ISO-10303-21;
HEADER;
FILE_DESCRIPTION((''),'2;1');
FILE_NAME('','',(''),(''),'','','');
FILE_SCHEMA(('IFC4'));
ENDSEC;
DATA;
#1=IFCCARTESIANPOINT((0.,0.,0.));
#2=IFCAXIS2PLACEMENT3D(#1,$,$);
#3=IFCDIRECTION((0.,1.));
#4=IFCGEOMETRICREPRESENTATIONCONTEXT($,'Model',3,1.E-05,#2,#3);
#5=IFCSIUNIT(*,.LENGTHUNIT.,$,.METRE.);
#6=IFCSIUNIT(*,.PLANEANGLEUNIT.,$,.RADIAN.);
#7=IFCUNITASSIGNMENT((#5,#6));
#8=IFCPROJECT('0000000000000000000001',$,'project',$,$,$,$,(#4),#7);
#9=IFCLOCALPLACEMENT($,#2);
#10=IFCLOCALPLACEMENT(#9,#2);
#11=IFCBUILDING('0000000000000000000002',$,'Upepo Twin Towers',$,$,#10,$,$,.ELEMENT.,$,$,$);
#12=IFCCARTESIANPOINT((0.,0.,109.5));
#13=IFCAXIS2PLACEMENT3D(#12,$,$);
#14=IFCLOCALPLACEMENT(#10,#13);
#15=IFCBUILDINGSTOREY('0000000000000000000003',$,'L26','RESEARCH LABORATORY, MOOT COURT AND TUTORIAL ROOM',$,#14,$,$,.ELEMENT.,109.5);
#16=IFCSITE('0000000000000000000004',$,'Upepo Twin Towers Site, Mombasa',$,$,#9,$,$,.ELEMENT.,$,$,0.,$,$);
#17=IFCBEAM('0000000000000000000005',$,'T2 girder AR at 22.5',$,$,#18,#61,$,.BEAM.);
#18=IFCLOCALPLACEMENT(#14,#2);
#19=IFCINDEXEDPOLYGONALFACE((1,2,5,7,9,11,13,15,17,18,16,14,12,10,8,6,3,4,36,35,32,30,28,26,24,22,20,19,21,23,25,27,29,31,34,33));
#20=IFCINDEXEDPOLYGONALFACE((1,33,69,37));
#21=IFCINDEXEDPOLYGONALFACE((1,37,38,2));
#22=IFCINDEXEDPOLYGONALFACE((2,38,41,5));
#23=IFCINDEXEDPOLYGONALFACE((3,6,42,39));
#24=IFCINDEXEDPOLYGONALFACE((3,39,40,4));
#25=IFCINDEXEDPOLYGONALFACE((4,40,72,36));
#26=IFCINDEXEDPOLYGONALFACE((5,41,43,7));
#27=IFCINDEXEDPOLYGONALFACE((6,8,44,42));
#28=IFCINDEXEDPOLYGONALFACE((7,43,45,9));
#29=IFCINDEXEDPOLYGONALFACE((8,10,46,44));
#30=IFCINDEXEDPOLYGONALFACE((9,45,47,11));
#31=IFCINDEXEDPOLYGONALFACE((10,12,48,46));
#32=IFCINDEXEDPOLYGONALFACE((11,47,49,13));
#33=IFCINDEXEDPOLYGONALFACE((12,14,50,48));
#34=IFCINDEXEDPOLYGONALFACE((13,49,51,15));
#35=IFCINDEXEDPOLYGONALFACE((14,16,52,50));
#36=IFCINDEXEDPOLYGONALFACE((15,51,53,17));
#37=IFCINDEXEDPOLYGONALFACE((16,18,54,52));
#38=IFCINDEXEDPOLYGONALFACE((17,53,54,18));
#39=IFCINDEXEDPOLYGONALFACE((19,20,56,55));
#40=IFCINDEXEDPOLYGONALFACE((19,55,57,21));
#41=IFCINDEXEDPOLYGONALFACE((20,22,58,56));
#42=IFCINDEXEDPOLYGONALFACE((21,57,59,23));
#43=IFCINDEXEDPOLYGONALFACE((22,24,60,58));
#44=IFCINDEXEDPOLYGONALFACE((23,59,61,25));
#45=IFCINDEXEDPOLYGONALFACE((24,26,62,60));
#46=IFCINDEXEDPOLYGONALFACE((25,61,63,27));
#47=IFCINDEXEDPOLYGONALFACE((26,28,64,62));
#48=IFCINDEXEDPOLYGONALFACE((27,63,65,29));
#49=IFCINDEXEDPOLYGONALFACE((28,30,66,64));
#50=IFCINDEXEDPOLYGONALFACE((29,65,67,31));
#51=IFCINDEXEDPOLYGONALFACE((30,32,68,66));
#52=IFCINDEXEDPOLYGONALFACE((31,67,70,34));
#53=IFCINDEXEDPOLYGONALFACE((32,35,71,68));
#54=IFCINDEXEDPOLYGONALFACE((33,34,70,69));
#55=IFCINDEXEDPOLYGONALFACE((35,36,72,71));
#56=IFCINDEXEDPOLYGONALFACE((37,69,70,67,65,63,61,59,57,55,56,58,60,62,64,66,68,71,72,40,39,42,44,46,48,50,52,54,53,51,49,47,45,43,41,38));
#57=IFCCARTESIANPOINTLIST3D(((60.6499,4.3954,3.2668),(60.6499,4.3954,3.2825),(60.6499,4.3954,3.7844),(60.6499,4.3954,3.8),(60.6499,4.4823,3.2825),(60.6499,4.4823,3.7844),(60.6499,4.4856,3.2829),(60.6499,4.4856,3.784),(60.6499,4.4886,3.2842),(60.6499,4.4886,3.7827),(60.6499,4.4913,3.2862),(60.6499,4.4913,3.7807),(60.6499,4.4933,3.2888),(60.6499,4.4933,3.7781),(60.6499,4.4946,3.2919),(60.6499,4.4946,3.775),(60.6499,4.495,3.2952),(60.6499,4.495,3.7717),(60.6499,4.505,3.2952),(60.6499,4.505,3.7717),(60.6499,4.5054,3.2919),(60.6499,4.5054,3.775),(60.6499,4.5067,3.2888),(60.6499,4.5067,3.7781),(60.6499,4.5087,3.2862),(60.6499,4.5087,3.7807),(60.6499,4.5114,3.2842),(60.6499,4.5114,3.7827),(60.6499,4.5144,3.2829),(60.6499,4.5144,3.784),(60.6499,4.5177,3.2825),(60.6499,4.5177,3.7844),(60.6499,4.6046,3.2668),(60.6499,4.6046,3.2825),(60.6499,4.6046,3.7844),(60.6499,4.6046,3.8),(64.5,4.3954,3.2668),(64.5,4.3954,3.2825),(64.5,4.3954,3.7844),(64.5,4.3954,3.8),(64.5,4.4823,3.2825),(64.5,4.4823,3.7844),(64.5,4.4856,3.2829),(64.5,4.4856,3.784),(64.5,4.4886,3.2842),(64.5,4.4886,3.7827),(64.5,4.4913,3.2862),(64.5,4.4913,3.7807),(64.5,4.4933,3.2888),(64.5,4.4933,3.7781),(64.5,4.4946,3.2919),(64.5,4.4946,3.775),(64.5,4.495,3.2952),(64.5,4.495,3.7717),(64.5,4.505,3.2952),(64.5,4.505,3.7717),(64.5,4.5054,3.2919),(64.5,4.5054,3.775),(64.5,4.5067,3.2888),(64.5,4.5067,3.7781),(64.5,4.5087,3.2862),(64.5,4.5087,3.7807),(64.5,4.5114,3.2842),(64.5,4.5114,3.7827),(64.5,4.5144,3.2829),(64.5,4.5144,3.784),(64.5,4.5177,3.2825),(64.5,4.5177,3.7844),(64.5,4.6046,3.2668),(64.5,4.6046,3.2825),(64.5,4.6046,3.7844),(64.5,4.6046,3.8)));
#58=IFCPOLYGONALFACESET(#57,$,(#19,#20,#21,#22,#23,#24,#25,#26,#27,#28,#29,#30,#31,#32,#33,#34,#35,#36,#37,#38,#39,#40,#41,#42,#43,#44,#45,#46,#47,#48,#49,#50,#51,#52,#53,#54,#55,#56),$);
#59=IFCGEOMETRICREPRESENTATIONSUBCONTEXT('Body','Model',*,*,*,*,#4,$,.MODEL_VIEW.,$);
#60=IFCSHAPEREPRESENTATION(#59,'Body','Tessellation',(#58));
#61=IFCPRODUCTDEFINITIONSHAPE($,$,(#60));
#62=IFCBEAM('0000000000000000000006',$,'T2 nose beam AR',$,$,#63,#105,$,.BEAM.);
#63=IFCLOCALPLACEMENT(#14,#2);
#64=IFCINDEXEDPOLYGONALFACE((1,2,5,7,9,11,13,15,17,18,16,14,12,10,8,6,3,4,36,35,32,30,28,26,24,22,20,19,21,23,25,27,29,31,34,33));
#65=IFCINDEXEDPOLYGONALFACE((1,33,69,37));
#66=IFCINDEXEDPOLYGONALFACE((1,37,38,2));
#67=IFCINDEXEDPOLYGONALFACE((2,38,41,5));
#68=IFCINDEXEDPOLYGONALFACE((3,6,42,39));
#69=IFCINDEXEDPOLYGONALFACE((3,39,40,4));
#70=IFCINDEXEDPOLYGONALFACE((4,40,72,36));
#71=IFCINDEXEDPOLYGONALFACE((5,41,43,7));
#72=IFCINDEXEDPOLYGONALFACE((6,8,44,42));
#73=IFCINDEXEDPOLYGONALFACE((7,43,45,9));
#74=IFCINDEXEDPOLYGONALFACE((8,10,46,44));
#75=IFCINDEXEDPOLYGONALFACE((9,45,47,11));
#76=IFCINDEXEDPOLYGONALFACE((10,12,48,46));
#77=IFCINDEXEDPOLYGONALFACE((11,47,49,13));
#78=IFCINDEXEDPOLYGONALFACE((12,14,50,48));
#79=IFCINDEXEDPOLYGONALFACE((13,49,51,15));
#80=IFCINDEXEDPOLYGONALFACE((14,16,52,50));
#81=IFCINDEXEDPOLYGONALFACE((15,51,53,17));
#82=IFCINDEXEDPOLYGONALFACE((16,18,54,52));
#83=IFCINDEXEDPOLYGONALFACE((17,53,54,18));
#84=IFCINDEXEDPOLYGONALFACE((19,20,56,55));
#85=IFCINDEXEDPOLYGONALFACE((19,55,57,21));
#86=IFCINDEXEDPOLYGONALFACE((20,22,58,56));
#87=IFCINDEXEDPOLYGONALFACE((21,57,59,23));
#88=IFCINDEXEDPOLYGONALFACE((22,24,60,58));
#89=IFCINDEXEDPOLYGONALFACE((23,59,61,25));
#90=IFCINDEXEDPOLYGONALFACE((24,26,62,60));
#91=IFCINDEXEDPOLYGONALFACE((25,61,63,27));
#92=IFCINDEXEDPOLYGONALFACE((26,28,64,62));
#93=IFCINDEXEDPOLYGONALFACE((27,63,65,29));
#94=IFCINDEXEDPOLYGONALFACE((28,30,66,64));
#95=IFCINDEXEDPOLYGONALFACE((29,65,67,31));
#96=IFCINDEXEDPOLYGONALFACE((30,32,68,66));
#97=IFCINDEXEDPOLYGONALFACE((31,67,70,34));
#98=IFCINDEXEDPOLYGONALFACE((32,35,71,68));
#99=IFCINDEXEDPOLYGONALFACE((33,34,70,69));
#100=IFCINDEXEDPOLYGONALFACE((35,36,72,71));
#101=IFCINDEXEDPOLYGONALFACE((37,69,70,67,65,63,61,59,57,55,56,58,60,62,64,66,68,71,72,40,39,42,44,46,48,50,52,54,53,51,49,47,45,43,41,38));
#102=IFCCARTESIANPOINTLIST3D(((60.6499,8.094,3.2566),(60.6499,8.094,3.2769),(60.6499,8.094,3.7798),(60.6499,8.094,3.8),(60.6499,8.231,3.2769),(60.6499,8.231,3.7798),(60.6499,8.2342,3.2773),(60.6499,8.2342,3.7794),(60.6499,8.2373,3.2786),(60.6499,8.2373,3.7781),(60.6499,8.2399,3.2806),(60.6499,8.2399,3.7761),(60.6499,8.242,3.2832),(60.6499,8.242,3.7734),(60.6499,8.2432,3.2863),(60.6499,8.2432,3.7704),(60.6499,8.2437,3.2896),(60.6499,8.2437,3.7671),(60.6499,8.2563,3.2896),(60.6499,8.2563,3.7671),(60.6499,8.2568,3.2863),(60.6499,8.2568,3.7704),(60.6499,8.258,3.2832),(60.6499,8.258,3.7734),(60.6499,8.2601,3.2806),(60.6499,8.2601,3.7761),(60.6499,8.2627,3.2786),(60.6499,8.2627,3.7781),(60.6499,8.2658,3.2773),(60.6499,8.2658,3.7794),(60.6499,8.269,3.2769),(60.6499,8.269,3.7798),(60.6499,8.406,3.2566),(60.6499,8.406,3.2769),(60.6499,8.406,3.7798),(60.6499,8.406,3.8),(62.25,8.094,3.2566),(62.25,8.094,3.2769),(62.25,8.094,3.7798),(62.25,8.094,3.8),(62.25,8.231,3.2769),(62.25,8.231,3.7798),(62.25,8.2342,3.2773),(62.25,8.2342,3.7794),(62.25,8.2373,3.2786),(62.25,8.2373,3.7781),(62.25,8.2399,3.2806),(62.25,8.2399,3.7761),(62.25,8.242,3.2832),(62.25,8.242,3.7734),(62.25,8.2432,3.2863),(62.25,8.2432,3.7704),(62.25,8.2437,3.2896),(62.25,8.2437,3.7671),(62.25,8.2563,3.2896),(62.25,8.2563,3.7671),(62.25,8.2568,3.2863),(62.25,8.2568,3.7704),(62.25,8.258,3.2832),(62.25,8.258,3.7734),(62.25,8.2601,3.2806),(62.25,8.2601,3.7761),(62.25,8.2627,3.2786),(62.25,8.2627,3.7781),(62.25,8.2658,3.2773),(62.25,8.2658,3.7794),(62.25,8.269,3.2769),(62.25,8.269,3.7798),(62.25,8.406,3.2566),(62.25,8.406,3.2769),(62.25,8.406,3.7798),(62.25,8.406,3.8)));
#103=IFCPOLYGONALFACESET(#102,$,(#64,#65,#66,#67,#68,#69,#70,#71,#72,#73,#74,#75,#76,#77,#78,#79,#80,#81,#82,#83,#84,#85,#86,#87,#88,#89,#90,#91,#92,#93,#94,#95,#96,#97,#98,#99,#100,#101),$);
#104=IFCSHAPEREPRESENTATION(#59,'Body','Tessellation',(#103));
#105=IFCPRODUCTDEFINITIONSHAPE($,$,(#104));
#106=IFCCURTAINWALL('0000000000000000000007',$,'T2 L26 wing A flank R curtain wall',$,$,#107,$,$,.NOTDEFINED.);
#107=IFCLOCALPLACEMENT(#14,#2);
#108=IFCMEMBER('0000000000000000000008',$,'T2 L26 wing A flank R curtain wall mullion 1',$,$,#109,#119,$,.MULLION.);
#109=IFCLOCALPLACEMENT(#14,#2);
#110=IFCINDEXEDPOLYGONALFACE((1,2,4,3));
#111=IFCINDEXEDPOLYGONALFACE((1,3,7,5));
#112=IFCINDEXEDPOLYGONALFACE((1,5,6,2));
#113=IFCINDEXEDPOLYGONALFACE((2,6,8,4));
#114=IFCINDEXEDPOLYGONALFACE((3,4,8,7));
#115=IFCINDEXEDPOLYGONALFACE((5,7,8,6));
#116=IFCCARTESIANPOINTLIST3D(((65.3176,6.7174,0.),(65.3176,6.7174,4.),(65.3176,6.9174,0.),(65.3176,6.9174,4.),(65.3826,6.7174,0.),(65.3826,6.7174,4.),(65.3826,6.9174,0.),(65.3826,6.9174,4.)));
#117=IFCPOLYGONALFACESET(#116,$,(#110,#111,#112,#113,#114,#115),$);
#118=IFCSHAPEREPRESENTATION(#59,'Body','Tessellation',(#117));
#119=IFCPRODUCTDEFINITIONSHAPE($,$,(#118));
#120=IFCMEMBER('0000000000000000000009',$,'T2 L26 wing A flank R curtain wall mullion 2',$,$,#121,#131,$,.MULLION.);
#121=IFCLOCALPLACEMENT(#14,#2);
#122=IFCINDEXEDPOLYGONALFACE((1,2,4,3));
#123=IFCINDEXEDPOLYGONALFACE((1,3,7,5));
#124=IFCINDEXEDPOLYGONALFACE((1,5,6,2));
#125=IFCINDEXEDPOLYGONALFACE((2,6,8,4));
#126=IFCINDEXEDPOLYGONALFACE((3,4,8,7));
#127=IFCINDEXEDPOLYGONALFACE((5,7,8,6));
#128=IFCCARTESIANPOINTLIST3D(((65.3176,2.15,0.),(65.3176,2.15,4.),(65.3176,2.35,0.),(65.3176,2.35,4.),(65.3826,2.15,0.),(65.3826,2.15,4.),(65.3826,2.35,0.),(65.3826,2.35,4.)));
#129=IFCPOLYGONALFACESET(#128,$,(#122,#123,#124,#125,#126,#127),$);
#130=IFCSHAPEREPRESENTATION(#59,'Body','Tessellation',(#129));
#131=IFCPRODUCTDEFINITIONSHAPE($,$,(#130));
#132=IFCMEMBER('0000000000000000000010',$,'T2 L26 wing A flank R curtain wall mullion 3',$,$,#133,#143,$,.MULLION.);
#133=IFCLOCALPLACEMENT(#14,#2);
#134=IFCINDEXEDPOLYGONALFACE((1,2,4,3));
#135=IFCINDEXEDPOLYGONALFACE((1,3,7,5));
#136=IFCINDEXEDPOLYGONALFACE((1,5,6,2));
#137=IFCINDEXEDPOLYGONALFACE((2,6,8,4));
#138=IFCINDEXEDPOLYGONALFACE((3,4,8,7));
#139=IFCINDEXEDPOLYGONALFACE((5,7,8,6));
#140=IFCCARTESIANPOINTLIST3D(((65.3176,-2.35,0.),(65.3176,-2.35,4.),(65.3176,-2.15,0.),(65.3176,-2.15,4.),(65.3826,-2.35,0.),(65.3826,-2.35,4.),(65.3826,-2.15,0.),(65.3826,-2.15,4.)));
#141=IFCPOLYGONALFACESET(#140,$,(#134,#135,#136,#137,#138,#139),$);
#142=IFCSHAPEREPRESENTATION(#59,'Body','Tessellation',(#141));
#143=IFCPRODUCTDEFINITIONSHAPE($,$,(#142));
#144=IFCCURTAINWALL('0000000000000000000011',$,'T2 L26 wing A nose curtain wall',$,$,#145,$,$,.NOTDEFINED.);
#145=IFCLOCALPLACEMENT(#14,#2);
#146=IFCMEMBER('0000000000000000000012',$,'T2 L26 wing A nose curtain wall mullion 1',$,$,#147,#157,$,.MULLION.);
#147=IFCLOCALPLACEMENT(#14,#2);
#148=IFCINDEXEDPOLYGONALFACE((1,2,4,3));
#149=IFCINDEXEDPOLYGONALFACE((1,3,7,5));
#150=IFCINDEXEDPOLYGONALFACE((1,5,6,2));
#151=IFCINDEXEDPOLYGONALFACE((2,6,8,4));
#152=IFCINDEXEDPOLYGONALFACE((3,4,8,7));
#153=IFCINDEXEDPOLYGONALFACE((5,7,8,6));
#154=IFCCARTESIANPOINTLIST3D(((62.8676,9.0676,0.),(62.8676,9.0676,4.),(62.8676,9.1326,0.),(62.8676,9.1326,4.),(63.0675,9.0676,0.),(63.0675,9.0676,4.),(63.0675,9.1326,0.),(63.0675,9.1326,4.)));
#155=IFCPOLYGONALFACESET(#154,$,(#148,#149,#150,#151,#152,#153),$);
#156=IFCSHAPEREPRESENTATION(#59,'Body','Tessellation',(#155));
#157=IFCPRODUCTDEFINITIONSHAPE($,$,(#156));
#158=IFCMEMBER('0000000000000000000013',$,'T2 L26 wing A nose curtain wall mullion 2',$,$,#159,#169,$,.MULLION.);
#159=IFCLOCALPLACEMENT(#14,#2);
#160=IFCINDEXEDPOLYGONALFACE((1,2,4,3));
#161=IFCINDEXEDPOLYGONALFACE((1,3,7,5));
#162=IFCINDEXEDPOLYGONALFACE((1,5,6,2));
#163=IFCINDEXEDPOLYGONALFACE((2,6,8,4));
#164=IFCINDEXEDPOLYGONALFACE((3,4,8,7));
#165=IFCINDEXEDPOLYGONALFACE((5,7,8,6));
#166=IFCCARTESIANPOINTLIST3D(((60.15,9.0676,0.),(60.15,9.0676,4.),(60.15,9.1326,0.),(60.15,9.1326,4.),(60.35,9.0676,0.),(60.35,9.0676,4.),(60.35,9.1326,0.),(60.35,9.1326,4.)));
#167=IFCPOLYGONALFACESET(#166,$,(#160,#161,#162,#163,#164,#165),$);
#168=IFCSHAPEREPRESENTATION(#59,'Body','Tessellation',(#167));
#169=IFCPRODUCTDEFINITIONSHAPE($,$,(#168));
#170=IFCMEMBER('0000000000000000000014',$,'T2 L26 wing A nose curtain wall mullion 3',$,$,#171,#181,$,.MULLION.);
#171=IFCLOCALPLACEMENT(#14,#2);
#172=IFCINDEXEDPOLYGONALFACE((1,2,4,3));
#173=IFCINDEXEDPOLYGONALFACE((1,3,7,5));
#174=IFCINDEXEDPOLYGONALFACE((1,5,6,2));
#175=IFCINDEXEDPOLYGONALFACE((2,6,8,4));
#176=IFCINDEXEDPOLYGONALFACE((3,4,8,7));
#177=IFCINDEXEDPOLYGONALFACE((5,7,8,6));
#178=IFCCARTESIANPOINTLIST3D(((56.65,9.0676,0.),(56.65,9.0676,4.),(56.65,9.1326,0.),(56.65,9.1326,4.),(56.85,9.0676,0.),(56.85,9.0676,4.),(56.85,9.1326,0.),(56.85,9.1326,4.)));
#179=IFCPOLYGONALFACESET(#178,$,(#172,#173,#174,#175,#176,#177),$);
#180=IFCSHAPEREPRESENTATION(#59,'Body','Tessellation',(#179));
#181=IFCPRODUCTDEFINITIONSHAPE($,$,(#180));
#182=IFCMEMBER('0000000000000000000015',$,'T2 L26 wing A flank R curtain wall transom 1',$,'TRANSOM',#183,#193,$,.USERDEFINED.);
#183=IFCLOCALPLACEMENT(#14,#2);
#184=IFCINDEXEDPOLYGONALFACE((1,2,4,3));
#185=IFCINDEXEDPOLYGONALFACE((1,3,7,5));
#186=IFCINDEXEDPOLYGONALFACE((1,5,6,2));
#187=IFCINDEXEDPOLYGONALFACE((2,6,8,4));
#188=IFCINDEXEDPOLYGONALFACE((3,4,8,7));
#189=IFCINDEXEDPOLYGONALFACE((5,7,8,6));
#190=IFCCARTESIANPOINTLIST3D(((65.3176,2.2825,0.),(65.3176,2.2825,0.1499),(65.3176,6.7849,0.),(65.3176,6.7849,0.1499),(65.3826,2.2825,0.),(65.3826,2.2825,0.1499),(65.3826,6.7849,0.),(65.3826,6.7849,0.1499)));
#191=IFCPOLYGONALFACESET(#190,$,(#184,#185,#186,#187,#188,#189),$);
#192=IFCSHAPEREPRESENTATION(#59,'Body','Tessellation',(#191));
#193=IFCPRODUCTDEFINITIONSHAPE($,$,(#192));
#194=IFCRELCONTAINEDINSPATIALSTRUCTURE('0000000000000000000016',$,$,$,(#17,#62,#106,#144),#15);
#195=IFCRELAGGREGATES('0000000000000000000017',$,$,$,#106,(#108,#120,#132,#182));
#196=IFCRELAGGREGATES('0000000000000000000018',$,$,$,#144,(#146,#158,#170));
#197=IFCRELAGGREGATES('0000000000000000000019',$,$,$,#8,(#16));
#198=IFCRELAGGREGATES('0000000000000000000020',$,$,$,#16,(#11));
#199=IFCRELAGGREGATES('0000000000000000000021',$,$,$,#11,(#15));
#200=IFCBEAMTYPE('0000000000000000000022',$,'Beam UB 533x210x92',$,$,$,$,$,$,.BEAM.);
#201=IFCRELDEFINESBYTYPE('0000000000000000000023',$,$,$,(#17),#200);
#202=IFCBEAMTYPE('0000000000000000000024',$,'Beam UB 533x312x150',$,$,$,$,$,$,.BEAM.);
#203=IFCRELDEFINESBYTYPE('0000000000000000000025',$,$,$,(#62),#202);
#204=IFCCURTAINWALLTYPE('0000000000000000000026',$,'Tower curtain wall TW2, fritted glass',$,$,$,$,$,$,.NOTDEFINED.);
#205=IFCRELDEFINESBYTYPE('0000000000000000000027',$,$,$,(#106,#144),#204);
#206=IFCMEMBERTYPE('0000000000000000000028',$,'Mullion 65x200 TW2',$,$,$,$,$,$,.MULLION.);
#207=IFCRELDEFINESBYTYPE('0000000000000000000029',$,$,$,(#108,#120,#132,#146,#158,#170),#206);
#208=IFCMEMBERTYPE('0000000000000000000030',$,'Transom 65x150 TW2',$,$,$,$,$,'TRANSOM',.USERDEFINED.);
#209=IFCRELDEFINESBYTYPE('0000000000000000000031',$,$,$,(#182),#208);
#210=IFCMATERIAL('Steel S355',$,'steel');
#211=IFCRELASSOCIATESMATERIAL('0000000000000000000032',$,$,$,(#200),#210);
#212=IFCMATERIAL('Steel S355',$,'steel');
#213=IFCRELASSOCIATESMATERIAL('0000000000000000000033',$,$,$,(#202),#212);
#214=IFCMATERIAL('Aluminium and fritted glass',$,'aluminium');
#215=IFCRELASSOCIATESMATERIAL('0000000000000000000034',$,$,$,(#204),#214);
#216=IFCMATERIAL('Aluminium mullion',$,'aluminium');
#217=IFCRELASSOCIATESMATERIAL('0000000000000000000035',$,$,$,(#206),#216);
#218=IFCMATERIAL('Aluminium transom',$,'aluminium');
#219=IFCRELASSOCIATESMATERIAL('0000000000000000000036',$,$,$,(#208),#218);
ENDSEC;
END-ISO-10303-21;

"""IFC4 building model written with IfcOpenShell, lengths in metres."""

from ifc_helpers import new_model, si_unit, direction, frame, origin, origin_2d, place, context, subcontext, project, spatial, rectangle, i_section, extrude, material, material_profile, profile_set, type_object, element, aggregate, save


model = new_model("IFC4")

# Units and contexts
model_context = context("Model", 3, precision=1e-05, world=origin(), true_north=direction((0.0, 1.0)))
body_context = subcontext(model_context, "Body", "Model", "MODEL_VIEW")
ifc_project = project(units=[si_unit("LENGTHUNIT", "METRE"), si_unit("PLANEANGLEUNIT", "RADIAN")], contexts=[model_context])

# Site, building, storey
site_placement = place(None, origin())
site = spatial("IfcSite", under=ifc_project, at=site_placement, Name="Upepo Twin Towers Site, Mombasa", CompositionType="ELEMENT", RefElevation=0.0)
building_placement = place(site_placement, origin())
building = spatial("IfcBuilding", under=site, at=building_placement, Name="Upepo Twin Towers", CompositionType="ELEMENT")
storey_placement = place(building_placement, frame((0.0, 0.0, 109.5)))
storey = spatial("IfcBuildingStorey", under=building, at=storey_placement, Name="L26", Description="RESEARCH LABORATORY, MOOT COURT AND TUTORIAL ROOM", CompositionType="ELEMENT", Elevation=109.5)

# Beams
ifc_material_1 = material(Name="Steel S355", Category="steel")
ifc_material_profile_1 = material_profile(ifc_material_1, i_section(OverallWidth=0.2092, OverallDepth=0.5332, WebThickness=0.01, FlangeThickness=0.0156, FilletRadius=0.0127, at=origin_2d()), Name="UB 533x210x92")
ifc_profile_set_1 = profile_set([ifc_material_profile_1], Name="Steel S355")
beam_type_1 = type_object("IfcBeamType", Name="Beam UB 533x210x92", PredefinedType="BEAM", material=ifc_profile_set_1)
for number, where, z_axis, x_axis, name in (
    (1, (64.5, 4.5, 3.5334), (-1.0, 0.0, 0.0), (0.0, -1.0, 0.0), "T2 girder AR at 22.5"),
):
    element("IfcBeam", number, at=place(storey_placement, frame(where, z_axis=z_axis, x_axis=x_axis)), inside=storey, type_object=beam_type_1, Name=name, PredefinedType="BEAM", context=body_context, shape_type="SweptSolid", body=[
        extrude(i_section(OverallWidth=0.2092, OverallDepth=0.5332, WebThickness=0.01, FlangeThickness=0.0156, FilletRadius=0.0127, at=origin_2d()), origin(), (0.0, 0.0, 1.0), 3.8501),
    ])
ifc_material_2 = material(Name="Steel S355", Category="steel")
ifc_material_profile_2 = material_profile(ifc_material_2, i_section(OverallWidth=0.312, OverallDepth=0.5435, WebThickness=0.0127, FlangeThickness=0.0203, FilletRadius=0.0127, at=origin_2d()), Name="UB 533x312x150")
ifc_profile_set_2 = profile_set([ifc_material_profile_2], Name="Steel S355")
beam_type_2 = type_object("IfcBeamType", Name="Beam UB 533x312x150", PredefinedType="BEAM", material=ifc_profile_set_2)
beam_1_placement = place(storey_placement, frame((62.25, 8.25, 3.5283), z_axis=(-1.0, 0.0, 0.0), x_axis=(0.0, -1.0, 0.0)))
element("IfcBeam", 2, at=beam_1_placement, inside=storey, type_object=beam_type_2, Name="T2 nose beam AR", PredefinedType="BEAM", context=body_context, shape_type="SweptSolid", body=[
    extrude(i_section(OverallWidth=0.312, OverallDepth=0.5435, WebThickness=0.0127, FlangeThickness=0.0203, FilletRadius=0.0127, at=origin_2d()), origin(), (0.0, 0.0, 1.0), 1.6001),
])

# Curtain walls, members
ifc_material_3 = material(Name="Aluminium and fritted glass", Category="aluminium")
curtain_wall_type = type_object("IfcCurtainWallType", Name="Tower curtain wall TW2, fritted glass", PredefinedType="NOTDEFINED", material=ifc_material_3)
curtain_wall_1_placement = place(storey_placement, origin())
curtain_wall_1 = element("IfcCurtainWall", 3, at=curtain_wall_1_placement, inside=storey, type_object=curtain_wall_type, Name="T2 L26 wing A flank R curtain wall", PredefinedType="NOTDEFINED")
ifc_material_4 = material(Name="Aluminium mullion", Category="aluminium")
ifc_material_profile_3 = material_profile(ifc_material_4, rectangle(XDim=0.0649, YDim=0.2, at=origin_2d()), Name="MULLION 65x200")
ifc_profile_set_3 = profile_set([ifc_material_profile_3], Name="Aluminium mullion")
member_type_1 = type_object("IfcMemberType", Name="Mullion 65x200 TW2", PredefinedType="MULLION", material=ifc_profile_set_3)
member_1_placement = place(storey_placement, frame((65.3501, 6.8174, 0.0), z_axis=(0.0, 0.0, 1.0), x_axis=(1.0, 0.0, 0.0)))
member_1 = element("IfcMember", 4, at=member_1_placement, type_object=member_type_1, Name="T2 L26 wing A flank R curtain wall mullion 1", PredefinedType="MULLION", context=body_context, shape_type="SweptSolid", body=[
    extrude(rectangle(XDim=0.0649, YDim=0.2, at=origin_2d()), origin(), (0.0, 0.0, 1.0), 4.0),
])
member_2_placement = place(storey_placement, frame((65.3501, 2.25, 0.0), z_axis=(0.0, 0.0, 1.0), x_axis=(1.0, 0.0, 0.0)))
member_2 = element("IfcMember", 5, at=member_2_placement, type_object=member_type_1, Name="T2 L26 wing A flank R curtain wall mullion 2", PredefinedType="MULLION", context=body_context, shape_type="SweptSolid", body=[
    extrude(rectangle(XDim=0.0649, YDim=0.2, at=origin_2d()), origin(), (0.0, 0.0, 1.0), 4.0),
])
member_3_placement = place(storey_placement, frame((65.3501, -2.25, 0.0), z_axis=(0.0, 0.0, 1.0), x_axis=(1.0, 0.0, 0.0)))
member_3 = element("IfcMember", 6, at=member_3_placement, type_object=member_type_1, Name="T2 L26 wing A flank R curtain wall mullion 3", PredefinedType="MULLION", context=body_context, shape_type="SweptSolid", body=[
    extrude(rectangle(XDim=0.0649, YDim=0.2, at=origin_2d()), origin(), (0.0, 0.0, 1.0), 4.0),
])
curtain_wall_2_placement = place(storey_placement, origin())
curtain_wall_2 = element("IfcCurtainWall", 7, at=curtain_wall_2_placement, inside=storey, type_object=curtain_wall_type, Name="T2 L26 wing A nose curtain wall", PredefinedType="NOTDEFINED")
member_4_placement = place(storey_placement, frame((62.9675, 9.1001, 0.0), z_axis=(0.0, 0.0, 1.0), x_axis=(0.0, -1.0, 0.0)))
member_4 = element("IfcMember", 8, at=member_4_placement, type_object=member_type_1, Name="T2 L26 wing A nose curtain wall mullion 1", PredefinedType="MULLION", context=body_context, shape_type="SweptSolid", body=[
    extrude(rectangle(XDim=0.0649, YDim=0.2, at=origin_2d()), origin(), (0.0, 0.0, 1.0), 4.0),
])
member_5_placement = place(storey_placement, frame((60.25, 9.1001, 0.0), z_axis=(0.0, 0.0, 1.0), x_axis=(0.0, -1.0, 0.0)))
member_5 = element("IfcMember", 9, at=member_5_placement, type_object=member_type_1, Name="T2 L26 wing A nose curtain wall mullion 2", PredefinedType="MULLION", context=body_context, shape_type="SweptSolid", body=[
    extrude(rectangle(XDim=0.0649, YDim=0.2, at=origin_2d()), origin(), (0.0, 0.0, 1.0), 4.0),
])
member_6_placement = place(storey_placement, frame((56.75, 9.1001, 0.0), z_axis=(0.0, 0.0, 1.0), x_axis=(0.0, -1.0, 0.0)))
member_6 = element("IfcMember", 10, at=member_6_placement, type_object=member_type_1, Name="T2 L26 wing A nose curtain wall mullion 3", PredefinedType="MULLION", context=body_context, shape_type="SweptSolid", body=[
    extrude(rectangle(XDim=0.0649, YDim=0.2, at=origin_2d()), origin(), (0.0, 0.0, 1.0), 4.0),
])

# Member
ifc_material_5 = material(Name="Aluminium transom", Category="aluminium")
ifc_material_profile_4 = material_profile(ifc_material_5, rectangle(XDim=0.0649, YDim=0.1499, at=origin_2d()), Name="TRANSOM 65x150")
ifc_profile_set_4 = profile_set([ifc_material_profile_4], Name="Aluminium transom")
member_type_2 = type_object("IfcMemberType", Name="Transom 65x150 TW2", ElementType="TRANSOM", PredefinedType="USERDEFINED", material=ifc_profile_set_4)
member_7_placement = place(storey_placement, frame((65.3501, 6.7849, 0.075), z_axis=(0.0, -1.0, 0.0), x_axis=(1.0, 0.0, 0.0)))
member_7 = element("IfcMember", 11, at=member_7_placement, type_object=member_type_2, Name="T2 L26 wing A flank R curtain wall transom 1", ObjectType="TRANSOM", PredefinedType="USERDEFINED", context=body_context, shape_type="SweptSolid", body=[
    extrude(rectangle(XDim=0.0649, YDim=0.1499, at=origin_2d()), origin(), (0.0, 0.0, 1.0), 4.5024),
])

aggregate(curtain_wall_1, [member_1, member_2, member_3, member_7])
aggregate(curtain_wall_2, [member_4, member_5, member_6])

save(model, "model.ifc")
